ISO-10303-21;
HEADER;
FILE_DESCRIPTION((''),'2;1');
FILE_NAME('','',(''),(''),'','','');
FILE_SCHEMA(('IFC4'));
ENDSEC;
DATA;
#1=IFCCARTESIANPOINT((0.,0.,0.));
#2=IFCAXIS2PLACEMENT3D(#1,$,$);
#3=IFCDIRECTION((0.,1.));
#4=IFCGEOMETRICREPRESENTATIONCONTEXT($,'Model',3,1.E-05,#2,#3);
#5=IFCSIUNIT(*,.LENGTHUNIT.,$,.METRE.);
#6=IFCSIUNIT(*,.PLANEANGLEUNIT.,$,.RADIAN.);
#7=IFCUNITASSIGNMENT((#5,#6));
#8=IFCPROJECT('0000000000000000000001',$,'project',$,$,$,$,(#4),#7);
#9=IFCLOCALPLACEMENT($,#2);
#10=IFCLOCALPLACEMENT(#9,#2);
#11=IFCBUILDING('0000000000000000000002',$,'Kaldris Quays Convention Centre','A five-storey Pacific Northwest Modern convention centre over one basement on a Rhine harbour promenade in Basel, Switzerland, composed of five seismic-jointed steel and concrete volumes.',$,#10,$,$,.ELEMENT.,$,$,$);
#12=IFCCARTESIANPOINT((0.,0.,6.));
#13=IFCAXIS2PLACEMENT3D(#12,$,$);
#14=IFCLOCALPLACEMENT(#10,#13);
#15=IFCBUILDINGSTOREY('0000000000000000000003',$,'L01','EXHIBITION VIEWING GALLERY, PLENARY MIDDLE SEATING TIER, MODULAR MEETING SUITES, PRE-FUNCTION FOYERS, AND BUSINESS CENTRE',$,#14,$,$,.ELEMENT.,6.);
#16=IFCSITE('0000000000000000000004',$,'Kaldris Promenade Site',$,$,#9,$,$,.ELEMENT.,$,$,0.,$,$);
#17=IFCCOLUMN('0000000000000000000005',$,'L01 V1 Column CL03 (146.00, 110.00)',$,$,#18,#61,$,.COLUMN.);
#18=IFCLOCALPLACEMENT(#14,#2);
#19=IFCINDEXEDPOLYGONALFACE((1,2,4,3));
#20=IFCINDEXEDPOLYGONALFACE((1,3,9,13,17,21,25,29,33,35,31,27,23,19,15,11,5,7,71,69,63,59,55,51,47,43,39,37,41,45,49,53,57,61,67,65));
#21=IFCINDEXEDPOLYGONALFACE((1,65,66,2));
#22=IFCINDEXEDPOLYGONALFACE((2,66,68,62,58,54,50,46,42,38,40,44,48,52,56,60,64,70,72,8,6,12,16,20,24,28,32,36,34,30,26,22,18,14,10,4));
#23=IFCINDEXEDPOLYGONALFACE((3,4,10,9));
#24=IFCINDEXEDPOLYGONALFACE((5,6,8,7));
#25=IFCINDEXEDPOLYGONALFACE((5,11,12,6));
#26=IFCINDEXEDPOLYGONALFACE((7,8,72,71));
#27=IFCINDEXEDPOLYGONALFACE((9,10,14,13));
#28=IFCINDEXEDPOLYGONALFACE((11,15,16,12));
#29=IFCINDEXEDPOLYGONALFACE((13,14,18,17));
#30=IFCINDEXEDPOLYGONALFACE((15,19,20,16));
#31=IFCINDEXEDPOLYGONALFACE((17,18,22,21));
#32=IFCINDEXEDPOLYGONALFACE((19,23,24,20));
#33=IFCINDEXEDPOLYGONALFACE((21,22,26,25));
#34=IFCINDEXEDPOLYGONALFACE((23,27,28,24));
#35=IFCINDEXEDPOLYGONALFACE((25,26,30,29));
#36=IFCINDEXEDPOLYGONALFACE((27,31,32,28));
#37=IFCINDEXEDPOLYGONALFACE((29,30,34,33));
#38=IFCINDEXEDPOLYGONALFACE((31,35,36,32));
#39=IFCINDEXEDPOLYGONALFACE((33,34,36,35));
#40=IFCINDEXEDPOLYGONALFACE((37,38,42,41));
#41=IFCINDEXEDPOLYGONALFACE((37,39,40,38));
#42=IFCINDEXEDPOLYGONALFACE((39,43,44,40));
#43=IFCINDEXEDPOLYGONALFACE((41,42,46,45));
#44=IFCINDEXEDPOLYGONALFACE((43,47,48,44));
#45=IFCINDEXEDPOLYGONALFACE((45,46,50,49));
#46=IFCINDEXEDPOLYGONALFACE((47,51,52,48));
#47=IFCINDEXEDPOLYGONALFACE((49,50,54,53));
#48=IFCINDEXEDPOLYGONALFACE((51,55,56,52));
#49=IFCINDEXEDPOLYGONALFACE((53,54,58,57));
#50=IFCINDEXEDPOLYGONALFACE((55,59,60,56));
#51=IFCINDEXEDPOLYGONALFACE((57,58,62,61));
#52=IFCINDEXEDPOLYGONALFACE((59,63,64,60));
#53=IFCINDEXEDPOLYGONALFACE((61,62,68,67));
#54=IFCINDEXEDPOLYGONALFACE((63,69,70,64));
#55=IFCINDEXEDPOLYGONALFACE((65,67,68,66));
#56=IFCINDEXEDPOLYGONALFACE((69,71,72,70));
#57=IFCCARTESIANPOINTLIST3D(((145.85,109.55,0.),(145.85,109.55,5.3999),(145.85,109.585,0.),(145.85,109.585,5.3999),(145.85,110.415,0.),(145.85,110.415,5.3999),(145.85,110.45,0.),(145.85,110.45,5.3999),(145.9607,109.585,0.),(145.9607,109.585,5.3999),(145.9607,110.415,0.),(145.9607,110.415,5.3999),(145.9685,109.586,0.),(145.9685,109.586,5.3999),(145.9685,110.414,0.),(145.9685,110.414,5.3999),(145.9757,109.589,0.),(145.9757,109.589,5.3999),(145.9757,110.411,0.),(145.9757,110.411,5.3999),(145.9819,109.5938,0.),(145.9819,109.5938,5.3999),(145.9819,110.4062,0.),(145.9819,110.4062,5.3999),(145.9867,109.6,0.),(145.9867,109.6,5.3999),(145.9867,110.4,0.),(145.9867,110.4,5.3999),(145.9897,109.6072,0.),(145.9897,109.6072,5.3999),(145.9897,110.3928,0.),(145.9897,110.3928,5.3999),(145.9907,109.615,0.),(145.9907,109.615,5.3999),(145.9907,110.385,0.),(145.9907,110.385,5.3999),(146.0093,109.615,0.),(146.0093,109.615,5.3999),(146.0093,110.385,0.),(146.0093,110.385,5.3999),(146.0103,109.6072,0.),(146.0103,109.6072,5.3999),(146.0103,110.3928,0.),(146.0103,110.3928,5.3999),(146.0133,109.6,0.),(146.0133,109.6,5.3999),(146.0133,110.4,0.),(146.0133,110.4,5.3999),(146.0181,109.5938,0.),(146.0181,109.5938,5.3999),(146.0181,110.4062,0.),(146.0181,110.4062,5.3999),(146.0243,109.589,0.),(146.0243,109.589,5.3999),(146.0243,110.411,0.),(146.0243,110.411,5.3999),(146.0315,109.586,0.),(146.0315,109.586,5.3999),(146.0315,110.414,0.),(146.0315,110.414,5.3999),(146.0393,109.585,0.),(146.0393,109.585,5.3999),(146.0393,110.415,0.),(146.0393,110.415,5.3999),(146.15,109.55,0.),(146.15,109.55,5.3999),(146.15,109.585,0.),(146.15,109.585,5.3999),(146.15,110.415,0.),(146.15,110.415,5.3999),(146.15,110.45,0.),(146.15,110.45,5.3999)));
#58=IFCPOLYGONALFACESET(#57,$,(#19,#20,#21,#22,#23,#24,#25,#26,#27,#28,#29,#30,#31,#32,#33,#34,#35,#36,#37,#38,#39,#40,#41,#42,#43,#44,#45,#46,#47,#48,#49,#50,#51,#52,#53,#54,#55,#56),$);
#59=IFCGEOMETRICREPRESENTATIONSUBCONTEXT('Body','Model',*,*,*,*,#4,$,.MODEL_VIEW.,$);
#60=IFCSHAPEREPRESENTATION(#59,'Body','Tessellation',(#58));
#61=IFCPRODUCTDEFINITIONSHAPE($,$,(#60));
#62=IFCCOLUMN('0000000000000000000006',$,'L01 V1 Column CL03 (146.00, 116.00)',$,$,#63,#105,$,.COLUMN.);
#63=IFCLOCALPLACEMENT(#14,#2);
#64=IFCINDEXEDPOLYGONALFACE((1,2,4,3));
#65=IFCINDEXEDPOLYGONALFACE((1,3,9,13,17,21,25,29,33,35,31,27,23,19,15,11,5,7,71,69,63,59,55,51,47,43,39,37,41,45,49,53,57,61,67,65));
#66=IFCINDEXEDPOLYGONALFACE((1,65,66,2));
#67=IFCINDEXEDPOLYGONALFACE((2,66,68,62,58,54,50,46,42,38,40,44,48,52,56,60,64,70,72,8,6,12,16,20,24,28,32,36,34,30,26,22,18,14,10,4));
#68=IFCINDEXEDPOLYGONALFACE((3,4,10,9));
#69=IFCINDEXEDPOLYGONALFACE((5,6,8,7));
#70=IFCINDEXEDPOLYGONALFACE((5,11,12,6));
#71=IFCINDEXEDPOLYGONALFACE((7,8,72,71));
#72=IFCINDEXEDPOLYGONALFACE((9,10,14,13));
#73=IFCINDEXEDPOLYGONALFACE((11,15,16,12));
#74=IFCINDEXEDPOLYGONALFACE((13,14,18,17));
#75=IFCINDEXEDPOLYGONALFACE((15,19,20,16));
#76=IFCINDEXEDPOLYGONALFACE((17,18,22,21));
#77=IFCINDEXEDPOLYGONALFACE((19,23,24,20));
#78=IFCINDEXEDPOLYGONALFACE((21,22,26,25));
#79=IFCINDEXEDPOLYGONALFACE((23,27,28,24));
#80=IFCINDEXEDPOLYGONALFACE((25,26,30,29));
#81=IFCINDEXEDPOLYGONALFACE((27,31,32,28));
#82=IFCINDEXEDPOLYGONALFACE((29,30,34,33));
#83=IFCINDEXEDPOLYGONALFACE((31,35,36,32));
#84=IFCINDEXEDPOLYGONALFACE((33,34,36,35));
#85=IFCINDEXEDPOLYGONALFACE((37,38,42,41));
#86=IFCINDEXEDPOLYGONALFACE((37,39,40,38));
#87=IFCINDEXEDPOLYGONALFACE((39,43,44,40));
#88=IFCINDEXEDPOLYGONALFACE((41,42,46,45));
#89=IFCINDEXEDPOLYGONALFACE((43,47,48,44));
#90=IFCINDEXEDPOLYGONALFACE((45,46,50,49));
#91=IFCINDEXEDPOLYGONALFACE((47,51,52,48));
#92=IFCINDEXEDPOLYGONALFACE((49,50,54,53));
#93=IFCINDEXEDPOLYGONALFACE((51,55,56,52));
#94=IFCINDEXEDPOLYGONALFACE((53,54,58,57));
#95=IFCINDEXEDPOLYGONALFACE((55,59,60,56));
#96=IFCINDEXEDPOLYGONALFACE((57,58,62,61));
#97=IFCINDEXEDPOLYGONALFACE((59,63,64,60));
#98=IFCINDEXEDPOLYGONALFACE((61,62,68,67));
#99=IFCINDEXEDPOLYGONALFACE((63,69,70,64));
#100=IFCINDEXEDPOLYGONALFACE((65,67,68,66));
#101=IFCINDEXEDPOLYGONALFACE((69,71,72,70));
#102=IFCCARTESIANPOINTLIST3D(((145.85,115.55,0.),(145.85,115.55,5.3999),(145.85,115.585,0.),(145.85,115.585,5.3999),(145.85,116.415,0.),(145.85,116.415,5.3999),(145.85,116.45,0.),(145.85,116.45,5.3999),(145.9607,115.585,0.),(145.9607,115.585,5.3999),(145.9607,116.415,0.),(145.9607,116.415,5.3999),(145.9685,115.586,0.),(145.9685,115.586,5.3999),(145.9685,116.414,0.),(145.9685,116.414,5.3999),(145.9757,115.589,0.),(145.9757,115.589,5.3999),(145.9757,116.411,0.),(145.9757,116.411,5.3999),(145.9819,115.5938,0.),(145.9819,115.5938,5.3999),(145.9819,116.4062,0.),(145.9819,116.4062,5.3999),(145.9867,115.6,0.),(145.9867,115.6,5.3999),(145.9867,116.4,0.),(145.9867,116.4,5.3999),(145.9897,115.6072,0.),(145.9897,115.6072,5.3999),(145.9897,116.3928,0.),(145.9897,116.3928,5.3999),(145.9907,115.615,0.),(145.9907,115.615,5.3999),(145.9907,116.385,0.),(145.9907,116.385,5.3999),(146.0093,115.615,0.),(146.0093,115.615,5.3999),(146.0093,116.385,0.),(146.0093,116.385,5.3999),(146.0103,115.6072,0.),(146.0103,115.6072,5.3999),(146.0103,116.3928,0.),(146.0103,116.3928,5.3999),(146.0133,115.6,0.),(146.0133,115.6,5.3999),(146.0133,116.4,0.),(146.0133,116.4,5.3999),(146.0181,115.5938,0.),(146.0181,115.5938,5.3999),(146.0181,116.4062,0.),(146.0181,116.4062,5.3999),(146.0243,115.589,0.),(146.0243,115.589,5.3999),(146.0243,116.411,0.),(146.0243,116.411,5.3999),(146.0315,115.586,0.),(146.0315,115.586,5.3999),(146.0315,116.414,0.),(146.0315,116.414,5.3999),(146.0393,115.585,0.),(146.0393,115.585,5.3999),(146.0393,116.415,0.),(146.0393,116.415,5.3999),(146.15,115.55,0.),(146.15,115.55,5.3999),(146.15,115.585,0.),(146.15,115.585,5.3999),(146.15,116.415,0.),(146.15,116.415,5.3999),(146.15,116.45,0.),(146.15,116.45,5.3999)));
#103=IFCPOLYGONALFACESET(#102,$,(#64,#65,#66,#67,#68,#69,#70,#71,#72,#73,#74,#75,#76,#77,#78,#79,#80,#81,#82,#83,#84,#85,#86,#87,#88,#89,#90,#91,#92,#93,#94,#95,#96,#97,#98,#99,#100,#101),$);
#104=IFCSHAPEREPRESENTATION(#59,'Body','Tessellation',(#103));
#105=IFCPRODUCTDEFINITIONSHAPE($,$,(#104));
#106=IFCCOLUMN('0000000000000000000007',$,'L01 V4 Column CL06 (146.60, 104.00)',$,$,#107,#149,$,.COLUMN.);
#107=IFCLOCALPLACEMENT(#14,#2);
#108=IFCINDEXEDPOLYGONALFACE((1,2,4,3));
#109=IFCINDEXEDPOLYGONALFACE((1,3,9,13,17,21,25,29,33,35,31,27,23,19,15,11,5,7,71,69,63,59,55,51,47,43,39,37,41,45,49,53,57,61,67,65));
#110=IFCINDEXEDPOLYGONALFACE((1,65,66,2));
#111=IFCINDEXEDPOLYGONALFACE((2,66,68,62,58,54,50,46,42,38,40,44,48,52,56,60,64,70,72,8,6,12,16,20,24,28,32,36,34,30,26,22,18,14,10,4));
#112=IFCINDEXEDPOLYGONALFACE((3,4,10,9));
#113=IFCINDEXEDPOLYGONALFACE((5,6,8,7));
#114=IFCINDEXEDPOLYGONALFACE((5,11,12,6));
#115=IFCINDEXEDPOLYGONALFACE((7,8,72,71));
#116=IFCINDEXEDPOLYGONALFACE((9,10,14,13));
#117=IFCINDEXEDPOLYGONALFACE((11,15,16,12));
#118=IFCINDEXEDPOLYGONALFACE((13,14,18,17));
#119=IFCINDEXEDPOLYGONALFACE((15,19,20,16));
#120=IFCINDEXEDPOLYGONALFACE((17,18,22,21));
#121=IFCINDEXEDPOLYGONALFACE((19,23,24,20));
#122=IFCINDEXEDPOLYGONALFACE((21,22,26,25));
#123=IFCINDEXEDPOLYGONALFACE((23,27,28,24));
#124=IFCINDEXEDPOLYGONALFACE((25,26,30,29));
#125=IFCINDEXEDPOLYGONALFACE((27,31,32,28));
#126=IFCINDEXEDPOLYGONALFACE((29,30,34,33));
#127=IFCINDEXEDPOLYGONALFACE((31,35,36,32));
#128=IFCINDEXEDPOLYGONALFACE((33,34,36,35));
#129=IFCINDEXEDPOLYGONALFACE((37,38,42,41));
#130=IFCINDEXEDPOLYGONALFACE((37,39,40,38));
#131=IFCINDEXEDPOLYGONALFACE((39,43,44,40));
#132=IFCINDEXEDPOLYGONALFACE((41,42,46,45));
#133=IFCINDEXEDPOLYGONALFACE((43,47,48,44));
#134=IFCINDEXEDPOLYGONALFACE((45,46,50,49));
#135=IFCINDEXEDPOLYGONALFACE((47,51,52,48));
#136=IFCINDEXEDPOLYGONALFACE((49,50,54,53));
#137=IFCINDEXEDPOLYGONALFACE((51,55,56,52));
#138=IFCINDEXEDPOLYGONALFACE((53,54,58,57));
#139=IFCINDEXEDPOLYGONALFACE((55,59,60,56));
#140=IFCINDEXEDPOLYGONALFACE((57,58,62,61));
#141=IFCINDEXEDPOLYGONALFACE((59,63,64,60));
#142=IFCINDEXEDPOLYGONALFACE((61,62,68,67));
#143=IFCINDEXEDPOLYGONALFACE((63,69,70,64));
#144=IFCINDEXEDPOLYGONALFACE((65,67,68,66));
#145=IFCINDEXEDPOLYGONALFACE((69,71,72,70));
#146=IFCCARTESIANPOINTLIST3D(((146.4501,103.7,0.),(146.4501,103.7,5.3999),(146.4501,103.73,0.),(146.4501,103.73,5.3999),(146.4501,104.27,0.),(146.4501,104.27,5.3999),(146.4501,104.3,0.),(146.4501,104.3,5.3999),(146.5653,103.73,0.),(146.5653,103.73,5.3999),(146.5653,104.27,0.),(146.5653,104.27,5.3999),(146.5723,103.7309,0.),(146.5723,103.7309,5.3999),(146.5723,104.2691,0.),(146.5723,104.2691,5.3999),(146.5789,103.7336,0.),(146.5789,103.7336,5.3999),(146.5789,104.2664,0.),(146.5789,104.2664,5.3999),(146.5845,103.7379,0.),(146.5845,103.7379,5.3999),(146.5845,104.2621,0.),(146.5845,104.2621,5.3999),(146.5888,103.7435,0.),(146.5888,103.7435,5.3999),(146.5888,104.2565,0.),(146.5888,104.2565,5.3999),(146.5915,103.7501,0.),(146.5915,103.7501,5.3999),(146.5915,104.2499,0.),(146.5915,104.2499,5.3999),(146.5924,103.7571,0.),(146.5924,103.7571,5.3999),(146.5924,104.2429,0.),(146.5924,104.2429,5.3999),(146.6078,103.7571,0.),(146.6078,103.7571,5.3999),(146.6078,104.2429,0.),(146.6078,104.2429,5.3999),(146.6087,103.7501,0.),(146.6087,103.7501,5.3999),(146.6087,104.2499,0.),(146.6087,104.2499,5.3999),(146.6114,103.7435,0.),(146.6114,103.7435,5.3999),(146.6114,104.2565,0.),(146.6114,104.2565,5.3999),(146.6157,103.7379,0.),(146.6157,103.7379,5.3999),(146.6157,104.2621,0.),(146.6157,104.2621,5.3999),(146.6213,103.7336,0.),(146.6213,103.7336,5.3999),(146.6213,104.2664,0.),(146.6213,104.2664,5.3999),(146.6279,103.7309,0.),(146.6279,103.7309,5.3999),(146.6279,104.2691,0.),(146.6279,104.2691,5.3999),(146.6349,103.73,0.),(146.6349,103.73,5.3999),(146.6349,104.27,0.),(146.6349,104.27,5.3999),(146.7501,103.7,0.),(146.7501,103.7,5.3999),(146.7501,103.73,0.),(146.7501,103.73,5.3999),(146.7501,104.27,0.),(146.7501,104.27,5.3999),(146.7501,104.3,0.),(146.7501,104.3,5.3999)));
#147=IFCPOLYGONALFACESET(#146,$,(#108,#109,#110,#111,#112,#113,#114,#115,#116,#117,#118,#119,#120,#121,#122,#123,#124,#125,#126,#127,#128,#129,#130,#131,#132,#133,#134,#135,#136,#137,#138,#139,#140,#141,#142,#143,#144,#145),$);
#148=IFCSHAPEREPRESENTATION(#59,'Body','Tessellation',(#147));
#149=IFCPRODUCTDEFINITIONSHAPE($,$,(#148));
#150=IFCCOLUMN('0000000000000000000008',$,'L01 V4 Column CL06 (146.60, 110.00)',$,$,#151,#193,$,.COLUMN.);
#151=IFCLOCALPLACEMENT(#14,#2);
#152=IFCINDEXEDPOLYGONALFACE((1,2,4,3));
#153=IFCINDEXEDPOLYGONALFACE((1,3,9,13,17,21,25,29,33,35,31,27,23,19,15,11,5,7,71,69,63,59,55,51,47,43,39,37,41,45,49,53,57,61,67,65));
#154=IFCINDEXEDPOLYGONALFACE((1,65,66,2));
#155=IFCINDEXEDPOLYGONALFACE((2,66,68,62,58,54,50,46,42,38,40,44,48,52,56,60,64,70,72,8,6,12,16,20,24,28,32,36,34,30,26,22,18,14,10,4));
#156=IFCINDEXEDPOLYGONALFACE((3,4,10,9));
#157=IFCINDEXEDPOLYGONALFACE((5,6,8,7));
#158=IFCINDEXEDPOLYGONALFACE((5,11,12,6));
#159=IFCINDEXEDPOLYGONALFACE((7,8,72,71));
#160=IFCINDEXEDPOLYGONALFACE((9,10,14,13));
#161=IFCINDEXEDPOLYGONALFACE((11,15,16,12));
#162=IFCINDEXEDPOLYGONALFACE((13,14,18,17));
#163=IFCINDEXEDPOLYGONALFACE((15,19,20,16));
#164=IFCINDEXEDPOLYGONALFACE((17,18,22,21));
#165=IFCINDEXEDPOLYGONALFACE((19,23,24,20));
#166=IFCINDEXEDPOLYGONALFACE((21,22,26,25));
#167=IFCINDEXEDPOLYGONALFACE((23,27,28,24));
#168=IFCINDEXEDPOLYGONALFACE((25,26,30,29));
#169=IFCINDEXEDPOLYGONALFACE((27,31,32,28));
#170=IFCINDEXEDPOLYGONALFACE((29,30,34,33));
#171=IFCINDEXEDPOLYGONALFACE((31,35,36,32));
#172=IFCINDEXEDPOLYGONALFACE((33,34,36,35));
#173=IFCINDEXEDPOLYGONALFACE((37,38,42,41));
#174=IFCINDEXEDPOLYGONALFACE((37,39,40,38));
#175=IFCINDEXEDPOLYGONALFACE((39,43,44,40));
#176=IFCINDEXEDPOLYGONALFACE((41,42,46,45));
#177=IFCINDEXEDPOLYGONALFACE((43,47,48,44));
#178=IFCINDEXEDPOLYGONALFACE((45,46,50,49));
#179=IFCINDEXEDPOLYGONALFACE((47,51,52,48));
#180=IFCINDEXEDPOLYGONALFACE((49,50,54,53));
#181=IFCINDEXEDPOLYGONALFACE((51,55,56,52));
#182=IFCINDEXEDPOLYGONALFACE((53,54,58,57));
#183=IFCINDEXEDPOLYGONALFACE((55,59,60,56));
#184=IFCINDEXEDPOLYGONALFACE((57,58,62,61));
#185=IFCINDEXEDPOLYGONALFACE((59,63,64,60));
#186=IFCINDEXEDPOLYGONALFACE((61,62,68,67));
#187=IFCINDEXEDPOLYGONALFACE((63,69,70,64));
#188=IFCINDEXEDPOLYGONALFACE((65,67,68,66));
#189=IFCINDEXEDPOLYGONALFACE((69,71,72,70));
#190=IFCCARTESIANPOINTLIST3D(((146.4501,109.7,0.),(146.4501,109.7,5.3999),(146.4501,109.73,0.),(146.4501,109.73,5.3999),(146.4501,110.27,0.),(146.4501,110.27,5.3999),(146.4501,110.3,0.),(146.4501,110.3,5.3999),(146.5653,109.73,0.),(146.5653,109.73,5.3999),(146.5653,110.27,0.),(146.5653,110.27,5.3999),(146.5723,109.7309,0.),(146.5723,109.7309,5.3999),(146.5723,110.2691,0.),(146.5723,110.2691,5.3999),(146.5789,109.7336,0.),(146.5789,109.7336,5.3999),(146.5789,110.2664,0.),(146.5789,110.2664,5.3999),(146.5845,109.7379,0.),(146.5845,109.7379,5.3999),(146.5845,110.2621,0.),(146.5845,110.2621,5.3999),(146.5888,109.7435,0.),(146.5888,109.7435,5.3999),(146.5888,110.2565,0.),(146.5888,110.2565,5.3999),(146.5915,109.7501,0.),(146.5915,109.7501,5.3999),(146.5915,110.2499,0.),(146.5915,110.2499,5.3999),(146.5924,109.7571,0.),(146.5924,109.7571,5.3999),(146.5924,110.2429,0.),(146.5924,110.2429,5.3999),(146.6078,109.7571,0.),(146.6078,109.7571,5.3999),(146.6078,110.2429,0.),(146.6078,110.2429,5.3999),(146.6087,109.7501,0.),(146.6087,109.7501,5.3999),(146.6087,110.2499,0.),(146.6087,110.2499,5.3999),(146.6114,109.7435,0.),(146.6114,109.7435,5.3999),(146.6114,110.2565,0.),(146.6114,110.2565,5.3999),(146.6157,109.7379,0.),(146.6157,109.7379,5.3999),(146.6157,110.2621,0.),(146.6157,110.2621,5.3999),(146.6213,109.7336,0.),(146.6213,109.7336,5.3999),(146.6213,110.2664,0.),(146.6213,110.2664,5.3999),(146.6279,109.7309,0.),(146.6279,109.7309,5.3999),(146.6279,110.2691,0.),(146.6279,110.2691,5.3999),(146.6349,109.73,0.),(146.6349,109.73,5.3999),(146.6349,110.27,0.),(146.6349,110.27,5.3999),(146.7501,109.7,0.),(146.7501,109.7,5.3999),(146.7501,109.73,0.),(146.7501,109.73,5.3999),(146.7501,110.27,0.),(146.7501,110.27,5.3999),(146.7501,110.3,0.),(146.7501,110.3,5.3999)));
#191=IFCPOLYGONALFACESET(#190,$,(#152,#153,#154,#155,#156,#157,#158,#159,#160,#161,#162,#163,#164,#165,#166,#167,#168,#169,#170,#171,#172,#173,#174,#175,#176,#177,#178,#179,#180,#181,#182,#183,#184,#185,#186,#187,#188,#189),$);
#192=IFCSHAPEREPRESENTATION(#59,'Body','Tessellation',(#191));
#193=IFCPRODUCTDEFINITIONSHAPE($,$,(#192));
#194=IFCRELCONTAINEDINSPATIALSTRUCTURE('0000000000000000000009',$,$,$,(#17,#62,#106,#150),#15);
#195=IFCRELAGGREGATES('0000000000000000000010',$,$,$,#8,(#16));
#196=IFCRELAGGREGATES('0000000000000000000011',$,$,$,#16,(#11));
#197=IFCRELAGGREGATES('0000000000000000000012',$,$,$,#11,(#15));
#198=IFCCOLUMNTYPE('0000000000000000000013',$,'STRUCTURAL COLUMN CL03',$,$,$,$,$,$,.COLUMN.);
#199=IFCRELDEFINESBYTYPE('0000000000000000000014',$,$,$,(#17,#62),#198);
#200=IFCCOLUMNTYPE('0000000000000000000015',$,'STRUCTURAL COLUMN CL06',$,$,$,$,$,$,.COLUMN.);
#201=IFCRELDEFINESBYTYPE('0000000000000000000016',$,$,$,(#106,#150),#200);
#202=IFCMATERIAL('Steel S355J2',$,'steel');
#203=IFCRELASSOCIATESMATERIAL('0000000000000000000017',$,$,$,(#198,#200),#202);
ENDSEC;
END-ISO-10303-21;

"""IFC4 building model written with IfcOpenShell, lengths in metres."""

from ifc_helpers import new_model, si_unit, direction, frame, origin, origin_2d, place, context, subcontext, project, spatial, i_section, extrude, material, material_profile, profile_set, type_object, element, save


model = new_model("IFC4")

# Units and contexts
model_context = context("Model", 3, precision=1e-05, world=origin(), true_north=direction((0.0, 1.0)))
body_context = subcontext(model_context, "Body", "Model", "MODEL_VIEW")
ifc_project = project(units=[si_unit("LENGTHUNIT", "METRE"), si_unit("PLANEANGLEUNIT", "RADIAN")], contexts=[model_context])

# Site, building, storey
site_placement = place(None, origin())
site = spatial("IfcSite", under=ifc_project, at=site_placement, Name="Kaldris Promenade Site", CompositionType="ELEMENT", RefElevation=0.0)
building_placement = place(site_placement, origin())
building = spatial("IfcBuilding", under=site, at=building_placement, Name="Kaldris Quays Convention Centre", Description="A five-storey Pacific Northwest Modern convention centre over one basement on a Rhine harbour promenade in Basel, Switzerland, composed of five seismic-jointed steel and concrete volumes.", CompositionType="ELEMENT")
storey_placement = place(building_placement, frame((0.0, 0.0, 6.0)))
storey = spatial("IfcBuildingStorey", under=building, at=storey_placement, Name="L01", Description="EXHIBITION VIEWING GALLERY, PLENARY MIDDLE SEATING TIER, MODULAR MEETING SUITES, PRE-FUNCTION FOYERS, AND BUSINESS CENTRE", CompositionType="ELEMENT", Elevation=6.0)

# Columns
ifc_material_1 = material(Name="Steel S355J2", Category="steel")
ifc_material_profile_1 = material_profile(ifc_material_1, i_section(OverallWidth=0.3, OverallDepth=0.8999, WebThickness=0.0186, FlangeThickness=0.0349, FilletRadius=0.03, at=origin_2d()), Name="HEB 900")
ifc_profile_set_1 = profile_set([ifc_material_profile_1], Name="Steel S355J2")
column_type_1 = type_object("IfcColumnType", Name="STRUCTURAL COLUMN CL03", PredefinedType="COLUMN", material=ifc_profile_set_1)
for number, where, z_axis, x_axis, name in (
    (1, (146.0, 110.0, 0.0), (0.0, 0.0, 1.0), (1.0, 0.0, 0.0), "L01 V1 Column CL03 (146.00, 110.00)"),
    (2, (146.0, 116.0, 0.0), (0.0, 0.0, 1.0), (1.0, 0.0, 0.0), "L01 V1 Column CL03 (146.00, 116.00)"),
):
    element("IfcColumn", number, at=place(storey_placement, frame(where, z_axis=z_axis, x_axis=x_axis)), inside=storey, type_object=column_type_1, Name=name, PredefinedType="COLUMN", context=body_context, shape_type="SweptSolid", body=[
        extrude(i_section(OverallWidth=0.3, OverallDepth=0.8999, WebThickness=0.0186, FlangeThickness=0.0349, FilletRadius=0.03, at=origin_2d()), origin(), (0.0, 0.0, 1.0), 5.3999),
    ])
ifc_material_profile_2 = material_profile(ifc_material_1, i_section(OverallWidth=0.3, OverallDepth=0.6001, WebThickness=0.0154, FlangeThickness=0.03, FilletRadius=0.0271, at=origin_2d()), Name="HEB 600")
ifc_profile_set_2 = profile_set([ifc_material_profile_2], Name="Steel S355J2")
column_type_2 = type_object("IfcColumnType", Name="STRUCTURAL COLUMN CL06", PredefinedType="COLUMN", material=ifc_profile_set_2)
for number, where, z_axis, x_axis, name in (
    (3, (146.6001, 104.0, 0.0), (0.0, 0.0, 1.0), (1.0, 0.0, 0.0), "L01 V4 Column CL06 (146.60, 104.00)"),
    (4, (146.6001, 110.0, 0.0), (0.0, 0.0, 1.0), (1.0, 0.0, 0.0), "L01 V4 Column CL06 (146.60, 110.00)"),
):
    element("IfcColumn", number, at=place(storey_placement, frame(where, z_axis=z_axis, x_axis=x_axis)), inside=storey, type_object=column_type_2, Name=name, PredefinedType="COLUMN", context=body_context, shape_type="SweptSolid", body=[
        extrude(i_section(OverallWidth=0.3, OverallDepth=0.6001, WebThickness=0.0154, FlangeThickness=0.03, FilletRadius=0.0271, at=origin_2d()), origin(), (0.0, 0.0, 1.0), 5.3999),
    ])

save(model, "model.ifc")
